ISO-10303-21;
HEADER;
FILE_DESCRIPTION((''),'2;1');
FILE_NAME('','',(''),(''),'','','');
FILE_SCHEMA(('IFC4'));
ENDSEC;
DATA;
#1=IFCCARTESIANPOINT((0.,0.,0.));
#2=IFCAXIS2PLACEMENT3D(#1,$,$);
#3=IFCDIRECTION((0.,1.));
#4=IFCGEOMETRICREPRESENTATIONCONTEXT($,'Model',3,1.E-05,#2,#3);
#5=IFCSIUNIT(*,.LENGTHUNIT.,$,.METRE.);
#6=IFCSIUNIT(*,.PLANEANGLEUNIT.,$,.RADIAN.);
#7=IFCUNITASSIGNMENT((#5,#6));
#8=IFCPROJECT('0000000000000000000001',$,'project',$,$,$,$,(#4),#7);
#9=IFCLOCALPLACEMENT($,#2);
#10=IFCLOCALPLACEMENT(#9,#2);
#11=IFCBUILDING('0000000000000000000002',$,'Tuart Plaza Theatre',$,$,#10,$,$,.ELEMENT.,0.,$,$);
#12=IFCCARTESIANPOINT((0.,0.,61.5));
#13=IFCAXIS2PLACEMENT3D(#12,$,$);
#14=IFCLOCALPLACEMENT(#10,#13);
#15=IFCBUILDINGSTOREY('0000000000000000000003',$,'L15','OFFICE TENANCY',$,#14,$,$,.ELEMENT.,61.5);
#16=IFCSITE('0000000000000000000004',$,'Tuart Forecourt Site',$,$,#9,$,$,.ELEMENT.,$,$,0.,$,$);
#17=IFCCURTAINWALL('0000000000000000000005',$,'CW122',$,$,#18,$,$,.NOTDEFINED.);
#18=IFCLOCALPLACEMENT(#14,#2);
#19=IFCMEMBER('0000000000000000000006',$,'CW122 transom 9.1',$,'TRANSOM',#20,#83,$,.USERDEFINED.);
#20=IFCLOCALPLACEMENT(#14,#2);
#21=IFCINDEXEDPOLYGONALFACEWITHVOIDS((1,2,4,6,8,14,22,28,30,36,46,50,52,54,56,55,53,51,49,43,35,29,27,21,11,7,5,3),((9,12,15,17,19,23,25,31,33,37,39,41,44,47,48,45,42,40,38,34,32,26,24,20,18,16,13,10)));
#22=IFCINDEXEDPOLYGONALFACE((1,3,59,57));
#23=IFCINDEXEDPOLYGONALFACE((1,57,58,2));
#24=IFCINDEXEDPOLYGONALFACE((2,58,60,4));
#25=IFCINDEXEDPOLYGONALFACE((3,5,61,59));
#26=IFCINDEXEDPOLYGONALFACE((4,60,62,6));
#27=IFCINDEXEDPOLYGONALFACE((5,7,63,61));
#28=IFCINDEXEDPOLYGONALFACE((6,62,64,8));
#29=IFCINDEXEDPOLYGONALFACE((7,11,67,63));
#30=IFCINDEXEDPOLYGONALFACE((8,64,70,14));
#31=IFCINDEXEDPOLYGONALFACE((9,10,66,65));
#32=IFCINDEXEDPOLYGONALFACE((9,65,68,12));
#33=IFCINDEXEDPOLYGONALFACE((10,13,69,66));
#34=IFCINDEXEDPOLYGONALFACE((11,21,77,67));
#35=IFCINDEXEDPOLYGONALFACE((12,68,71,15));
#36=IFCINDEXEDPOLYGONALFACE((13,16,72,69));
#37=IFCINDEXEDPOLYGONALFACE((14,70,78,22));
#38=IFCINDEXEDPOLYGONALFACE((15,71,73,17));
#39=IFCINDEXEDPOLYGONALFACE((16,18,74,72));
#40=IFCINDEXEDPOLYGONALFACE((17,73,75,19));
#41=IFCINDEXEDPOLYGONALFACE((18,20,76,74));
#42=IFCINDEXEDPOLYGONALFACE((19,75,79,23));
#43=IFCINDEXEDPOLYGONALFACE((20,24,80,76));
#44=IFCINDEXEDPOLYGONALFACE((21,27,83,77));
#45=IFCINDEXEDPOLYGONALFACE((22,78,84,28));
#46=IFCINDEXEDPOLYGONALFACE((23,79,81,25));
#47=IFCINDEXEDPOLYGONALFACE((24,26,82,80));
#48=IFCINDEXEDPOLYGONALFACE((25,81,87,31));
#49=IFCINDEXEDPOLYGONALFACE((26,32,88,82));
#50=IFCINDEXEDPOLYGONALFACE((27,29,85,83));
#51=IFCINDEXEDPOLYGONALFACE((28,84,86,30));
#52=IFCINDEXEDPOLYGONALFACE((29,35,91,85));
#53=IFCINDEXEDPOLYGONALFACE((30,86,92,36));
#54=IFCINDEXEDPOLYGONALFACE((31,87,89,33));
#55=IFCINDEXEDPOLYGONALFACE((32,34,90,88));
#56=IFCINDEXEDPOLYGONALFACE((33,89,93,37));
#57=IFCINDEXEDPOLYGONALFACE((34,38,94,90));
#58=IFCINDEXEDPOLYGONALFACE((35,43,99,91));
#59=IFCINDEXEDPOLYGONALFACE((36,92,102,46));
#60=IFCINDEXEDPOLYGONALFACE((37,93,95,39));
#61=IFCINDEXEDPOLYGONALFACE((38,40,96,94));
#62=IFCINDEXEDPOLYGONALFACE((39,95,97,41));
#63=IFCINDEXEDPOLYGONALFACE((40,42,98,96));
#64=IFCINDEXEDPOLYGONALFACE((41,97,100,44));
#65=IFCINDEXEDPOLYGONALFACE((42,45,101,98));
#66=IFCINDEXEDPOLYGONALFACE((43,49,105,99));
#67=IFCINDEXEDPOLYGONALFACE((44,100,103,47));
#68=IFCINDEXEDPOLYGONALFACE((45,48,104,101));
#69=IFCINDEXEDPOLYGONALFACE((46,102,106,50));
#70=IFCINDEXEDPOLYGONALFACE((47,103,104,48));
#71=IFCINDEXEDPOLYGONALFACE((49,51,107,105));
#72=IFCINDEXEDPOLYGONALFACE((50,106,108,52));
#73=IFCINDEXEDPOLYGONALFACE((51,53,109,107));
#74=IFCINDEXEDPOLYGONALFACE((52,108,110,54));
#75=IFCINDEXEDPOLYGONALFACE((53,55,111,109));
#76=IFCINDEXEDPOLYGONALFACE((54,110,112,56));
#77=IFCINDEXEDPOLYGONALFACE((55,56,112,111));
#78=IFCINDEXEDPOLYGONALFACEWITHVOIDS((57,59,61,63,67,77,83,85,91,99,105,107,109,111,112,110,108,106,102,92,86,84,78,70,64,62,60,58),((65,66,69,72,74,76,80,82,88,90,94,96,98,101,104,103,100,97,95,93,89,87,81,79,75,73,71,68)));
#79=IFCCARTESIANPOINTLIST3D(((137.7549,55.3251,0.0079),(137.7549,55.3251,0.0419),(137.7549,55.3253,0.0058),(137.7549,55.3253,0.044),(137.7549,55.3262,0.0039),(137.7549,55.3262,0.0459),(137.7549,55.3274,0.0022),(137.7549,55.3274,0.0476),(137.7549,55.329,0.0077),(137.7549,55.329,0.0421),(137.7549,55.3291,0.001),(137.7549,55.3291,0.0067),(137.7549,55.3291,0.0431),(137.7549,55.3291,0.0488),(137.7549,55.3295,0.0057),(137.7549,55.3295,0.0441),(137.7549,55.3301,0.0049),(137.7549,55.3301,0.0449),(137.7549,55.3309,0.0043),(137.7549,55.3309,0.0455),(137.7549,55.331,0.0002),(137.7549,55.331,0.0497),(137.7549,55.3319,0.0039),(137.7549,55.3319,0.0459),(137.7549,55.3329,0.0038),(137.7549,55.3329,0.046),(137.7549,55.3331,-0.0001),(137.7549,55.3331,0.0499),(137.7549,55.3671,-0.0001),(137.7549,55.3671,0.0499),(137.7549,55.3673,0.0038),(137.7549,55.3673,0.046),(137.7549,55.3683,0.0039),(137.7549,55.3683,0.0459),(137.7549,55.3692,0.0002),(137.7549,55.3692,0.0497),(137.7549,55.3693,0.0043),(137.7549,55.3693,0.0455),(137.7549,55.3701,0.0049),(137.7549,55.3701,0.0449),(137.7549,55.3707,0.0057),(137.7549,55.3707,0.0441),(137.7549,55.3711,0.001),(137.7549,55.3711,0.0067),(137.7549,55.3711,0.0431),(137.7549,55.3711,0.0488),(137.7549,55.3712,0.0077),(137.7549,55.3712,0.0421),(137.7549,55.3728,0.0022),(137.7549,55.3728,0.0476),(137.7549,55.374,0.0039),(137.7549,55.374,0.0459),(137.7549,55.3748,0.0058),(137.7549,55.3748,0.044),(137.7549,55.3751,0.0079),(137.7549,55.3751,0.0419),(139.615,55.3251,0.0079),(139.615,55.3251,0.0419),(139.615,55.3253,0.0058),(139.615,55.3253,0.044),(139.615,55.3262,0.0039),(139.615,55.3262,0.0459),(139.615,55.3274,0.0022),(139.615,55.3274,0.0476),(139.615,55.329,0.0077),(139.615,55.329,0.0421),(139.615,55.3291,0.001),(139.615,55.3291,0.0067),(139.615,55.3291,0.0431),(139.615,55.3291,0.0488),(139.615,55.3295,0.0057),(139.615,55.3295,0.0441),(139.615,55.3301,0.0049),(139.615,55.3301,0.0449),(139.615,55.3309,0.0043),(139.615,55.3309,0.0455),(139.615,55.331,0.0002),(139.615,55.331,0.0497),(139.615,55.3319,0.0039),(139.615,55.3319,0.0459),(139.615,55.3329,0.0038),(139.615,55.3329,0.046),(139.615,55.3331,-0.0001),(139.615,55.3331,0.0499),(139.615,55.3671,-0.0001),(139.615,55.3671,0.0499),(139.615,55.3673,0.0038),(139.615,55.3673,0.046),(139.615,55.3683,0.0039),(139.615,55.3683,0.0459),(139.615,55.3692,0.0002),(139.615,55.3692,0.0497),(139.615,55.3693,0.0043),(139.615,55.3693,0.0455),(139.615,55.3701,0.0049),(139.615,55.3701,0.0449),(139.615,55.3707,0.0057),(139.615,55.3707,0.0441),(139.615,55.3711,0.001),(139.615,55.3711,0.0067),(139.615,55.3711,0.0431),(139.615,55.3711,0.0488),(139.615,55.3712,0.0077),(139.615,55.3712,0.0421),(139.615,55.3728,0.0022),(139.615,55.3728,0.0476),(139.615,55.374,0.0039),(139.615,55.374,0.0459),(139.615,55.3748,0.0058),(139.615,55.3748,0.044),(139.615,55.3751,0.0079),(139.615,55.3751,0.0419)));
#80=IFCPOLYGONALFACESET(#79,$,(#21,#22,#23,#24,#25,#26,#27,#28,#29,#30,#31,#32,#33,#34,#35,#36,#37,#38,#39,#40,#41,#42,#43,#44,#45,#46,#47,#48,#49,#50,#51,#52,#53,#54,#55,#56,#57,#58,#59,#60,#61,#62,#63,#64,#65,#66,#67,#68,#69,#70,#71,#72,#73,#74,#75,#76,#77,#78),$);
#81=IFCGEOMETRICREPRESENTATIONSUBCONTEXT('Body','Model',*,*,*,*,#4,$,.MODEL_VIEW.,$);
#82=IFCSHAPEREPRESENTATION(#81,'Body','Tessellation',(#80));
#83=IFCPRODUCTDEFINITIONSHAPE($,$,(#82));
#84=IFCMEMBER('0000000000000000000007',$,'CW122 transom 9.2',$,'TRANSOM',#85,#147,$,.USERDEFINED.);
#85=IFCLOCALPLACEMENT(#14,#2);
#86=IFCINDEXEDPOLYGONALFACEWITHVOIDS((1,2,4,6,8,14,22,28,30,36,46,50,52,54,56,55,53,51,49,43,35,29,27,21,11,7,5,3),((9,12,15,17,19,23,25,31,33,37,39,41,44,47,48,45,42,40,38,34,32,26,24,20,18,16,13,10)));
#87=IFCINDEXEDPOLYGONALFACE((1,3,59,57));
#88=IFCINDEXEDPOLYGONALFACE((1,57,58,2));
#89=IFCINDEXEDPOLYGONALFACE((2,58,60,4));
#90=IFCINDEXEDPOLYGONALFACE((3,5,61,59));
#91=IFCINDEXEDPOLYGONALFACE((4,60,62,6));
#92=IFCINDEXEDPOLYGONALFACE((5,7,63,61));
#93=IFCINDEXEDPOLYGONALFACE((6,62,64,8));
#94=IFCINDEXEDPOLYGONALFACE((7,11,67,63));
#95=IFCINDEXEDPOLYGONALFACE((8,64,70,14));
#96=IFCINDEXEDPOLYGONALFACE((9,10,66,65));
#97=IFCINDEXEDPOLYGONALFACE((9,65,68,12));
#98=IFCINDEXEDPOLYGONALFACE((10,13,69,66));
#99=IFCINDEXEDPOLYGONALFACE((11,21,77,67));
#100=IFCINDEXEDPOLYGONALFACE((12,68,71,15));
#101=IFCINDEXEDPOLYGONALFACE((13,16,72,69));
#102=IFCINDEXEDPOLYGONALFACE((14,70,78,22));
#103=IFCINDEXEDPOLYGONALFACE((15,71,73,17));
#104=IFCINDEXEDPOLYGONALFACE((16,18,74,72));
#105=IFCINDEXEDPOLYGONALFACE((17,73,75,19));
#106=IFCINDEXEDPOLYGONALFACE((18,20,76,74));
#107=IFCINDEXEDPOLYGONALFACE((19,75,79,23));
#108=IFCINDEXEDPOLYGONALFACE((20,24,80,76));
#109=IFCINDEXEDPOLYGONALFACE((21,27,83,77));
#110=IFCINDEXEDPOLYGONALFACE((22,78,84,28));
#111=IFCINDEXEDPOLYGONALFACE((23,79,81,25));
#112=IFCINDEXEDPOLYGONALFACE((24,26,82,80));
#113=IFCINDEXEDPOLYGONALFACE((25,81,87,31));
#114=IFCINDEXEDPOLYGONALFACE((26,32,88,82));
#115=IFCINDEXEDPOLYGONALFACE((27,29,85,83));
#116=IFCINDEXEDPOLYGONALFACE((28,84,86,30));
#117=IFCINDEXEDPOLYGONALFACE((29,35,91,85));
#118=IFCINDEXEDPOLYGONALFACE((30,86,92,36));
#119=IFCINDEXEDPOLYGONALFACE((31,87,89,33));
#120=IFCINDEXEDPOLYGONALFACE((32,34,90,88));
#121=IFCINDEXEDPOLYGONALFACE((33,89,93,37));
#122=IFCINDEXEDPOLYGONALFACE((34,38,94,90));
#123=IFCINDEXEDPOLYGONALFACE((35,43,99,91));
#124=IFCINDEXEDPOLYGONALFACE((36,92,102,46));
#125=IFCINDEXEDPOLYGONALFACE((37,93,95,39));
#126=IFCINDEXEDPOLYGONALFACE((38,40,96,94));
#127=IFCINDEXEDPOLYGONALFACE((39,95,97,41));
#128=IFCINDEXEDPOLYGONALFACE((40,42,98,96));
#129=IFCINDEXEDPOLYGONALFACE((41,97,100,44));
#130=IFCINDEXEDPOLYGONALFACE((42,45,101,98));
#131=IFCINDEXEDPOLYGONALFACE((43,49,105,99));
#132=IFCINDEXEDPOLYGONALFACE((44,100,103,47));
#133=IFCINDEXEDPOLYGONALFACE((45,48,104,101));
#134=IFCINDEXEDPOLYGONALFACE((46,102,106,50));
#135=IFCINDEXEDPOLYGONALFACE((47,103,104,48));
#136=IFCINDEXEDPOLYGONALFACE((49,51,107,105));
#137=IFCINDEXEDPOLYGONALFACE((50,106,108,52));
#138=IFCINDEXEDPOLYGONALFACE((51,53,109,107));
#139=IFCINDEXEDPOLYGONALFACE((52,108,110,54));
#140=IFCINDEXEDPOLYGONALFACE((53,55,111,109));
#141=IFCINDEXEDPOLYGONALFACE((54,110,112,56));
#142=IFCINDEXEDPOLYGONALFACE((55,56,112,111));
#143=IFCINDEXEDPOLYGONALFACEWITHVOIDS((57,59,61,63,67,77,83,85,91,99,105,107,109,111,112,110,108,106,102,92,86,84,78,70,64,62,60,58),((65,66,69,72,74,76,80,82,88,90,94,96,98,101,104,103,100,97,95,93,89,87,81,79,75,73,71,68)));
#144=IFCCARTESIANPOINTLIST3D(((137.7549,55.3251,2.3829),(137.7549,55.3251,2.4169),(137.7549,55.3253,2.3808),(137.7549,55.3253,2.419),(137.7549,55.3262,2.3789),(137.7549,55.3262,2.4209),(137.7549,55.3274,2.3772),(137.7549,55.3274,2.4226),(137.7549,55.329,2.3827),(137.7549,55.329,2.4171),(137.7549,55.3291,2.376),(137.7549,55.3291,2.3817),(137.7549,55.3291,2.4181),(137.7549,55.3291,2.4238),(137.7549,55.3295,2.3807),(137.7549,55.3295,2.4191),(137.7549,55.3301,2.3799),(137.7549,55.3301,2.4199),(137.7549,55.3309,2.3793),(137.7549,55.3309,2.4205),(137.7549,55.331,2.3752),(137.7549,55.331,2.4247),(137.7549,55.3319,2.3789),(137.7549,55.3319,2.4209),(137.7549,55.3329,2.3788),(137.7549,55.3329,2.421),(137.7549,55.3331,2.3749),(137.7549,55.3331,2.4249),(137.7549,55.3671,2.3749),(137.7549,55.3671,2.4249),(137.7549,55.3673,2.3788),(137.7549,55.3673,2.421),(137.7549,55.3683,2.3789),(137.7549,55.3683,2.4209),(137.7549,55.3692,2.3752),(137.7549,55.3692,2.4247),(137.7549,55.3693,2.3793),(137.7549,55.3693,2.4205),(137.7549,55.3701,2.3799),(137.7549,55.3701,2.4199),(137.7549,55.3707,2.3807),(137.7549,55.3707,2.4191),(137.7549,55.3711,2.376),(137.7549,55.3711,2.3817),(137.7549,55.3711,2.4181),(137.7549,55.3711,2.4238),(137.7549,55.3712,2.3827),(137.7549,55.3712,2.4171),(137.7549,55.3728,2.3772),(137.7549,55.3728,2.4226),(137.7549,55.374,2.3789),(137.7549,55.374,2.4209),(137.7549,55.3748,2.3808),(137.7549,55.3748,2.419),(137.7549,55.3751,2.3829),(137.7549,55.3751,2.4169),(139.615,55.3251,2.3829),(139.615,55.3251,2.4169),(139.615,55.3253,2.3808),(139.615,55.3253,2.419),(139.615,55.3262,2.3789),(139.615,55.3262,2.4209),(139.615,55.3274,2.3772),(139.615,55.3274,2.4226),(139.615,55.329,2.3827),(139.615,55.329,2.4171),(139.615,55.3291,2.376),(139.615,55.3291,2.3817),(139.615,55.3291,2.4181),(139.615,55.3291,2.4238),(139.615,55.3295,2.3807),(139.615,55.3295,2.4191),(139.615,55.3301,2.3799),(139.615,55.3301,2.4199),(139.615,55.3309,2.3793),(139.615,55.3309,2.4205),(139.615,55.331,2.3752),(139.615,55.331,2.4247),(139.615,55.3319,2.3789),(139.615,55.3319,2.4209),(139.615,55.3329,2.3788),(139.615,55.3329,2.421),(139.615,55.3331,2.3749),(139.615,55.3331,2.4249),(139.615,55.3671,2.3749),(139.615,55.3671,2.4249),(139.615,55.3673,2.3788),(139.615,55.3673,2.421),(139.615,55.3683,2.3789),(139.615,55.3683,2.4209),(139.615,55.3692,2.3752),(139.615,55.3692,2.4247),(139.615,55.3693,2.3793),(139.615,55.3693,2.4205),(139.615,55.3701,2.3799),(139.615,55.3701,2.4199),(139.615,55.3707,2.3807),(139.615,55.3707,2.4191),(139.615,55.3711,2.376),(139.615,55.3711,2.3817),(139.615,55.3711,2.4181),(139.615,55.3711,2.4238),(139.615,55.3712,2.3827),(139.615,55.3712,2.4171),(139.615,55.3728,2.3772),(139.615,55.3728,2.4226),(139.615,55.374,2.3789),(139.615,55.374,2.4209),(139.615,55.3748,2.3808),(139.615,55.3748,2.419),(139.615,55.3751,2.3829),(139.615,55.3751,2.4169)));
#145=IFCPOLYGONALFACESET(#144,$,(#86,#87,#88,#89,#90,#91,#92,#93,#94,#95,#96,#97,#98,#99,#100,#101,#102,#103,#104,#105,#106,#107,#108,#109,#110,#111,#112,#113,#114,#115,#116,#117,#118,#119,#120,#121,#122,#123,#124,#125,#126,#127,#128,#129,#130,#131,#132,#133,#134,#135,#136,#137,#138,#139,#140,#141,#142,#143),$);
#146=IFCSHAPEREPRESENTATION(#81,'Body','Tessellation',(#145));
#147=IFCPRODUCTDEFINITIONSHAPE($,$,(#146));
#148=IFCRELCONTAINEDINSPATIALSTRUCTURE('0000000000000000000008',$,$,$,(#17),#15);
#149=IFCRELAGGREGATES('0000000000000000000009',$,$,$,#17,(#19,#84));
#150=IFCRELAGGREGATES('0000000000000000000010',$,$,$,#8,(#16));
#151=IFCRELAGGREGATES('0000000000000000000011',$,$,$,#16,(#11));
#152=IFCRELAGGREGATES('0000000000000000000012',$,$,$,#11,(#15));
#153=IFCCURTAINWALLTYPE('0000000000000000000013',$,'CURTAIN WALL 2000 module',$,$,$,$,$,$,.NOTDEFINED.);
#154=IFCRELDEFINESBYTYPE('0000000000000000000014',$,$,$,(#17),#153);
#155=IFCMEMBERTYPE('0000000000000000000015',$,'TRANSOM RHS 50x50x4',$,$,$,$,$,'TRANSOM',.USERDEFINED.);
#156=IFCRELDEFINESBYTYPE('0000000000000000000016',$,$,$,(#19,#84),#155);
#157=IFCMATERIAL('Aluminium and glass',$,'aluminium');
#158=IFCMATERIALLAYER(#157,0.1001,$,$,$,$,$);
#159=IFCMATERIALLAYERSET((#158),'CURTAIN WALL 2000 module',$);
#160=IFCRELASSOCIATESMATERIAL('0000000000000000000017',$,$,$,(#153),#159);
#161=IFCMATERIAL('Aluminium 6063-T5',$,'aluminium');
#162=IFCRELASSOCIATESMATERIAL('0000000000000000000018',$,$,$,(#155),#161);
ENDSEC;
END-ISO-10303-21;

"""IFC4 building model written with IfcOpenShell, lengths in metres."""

from ifc_helpers import new_model, si_unit, direction, frame, origin, origin_2d, place, context, subcontext, project, spatial, hollow_rectangle, extrude, material, layer, layer_set, material_profile, profile_set, type_object, element, aggregate, save


model = new_model("IFC4")

# Units and contexts
model_context = context("Model", 3, precision=1e-05, world=origin(), true_north=direction((0.0, 1.0)))
body_context = subcontext(model_context, "Body", "Model", "MODEL_VIEW")
ifc_project = project(units=[si_unit("LENGTHUNIT", "METRE"), si_unit("PLANEANGLEUNIT", "RADIAN")], contexts=[model_context])

# Site, building, storey
site_placement = place(None, origin())
site = spatial("IfcSite", under=ifc_project, at=site_placement, Name="Tuart Forecourt Site", CompositionType="ELEMENT", RefElevation=0.0)
building_placement = place(site_placement, origin())
building = spatial("IfcBuilding", under=site, at=building_placement, Name="Tuart Plaza Theatre", CompositionType="ELEMENT", ElevationOfRefHeight=0.0)
storey_placement = place(building_placement, frame((0.0, 0.0, 61.5)))
storey = spatial("IfcBuildingStorey", under=building, at=storey_placement, Name="L15", Description="OFFICE TENANCY", CompositionType="ELEMENT", Elevation=61.5)

# Curtain wall, members
ifc_material_1 = material(Name="Aluminium and glass", Category="aluminium")
ifc_layer_1 = layer(ifc_material_1, 0.1001)
ifc_layer_set_1 = layer_set([ifc_layer_1], Name="CURTAIN WALL 2000 module")
curtain_wall_type = type_object("IfcCurtainWallType", Name="CURTAIN WALL 2000 module", PredefinedType="NOTDEFINED", material=ifc_layer_set_1)
curtain_wall_placement = place(storey_placement, origin())
curtain_wall = element("IfcCurtainWall", 1, at=curtain_wall_placement, inside=storey, type_object=curtain_wall_type, Name="CW122", PredefinedType="NOTDEFINED")
ifc_material_2 = material(Name="Aluminium 6063-T5", Category="aluminium")
ifc_material_profile_1 = material_profile(ifc_material_2, hollow_rectangle(XDim=0.05, YDim=0.05, WallThickness=0.0039, InnerFilletRadius=0.0039, OuterFilletRadius=0.0081, at=origin_2d()), Name="RHS 50x50x4")
ifc_profile_set_1 = profile_set([ifc_material_profile_1], Name="Aluminium 6063-T5")
member_type_1 = type_object("IfcMemberType", Name="TRANSOM RHS 50x50x4", ElementType="TRANSOM", PredefinedType="USERDEFINED", material=ifc_profile_set_1)
member_1_placement = place(storey_placement, frame((137.7549, 55.3501, 0.0249), z_axis=(1.0, 0.0, 0.0), x_axis=(0.0, 1.0, 0.0)))
member_1 = element("IfcMember", 2, at=member_1_placement, type_object=member_type_1, Name="CW122 transom 9.1", ObjectType="TRANSOM", PredefinedType="USERDEFINED", context=body_context, shape_type="SweptSolid", body=[
    extrude(hollow_rectangle(XDim=0.05, YDim=0.05, WallThickness=0.0039, InnerFilletRadius=0.0039, OuterFilletRadius=0.0081, at=origin_2d()), origin(), (0.0, 0.0, 1.0), 1.8601),
])
member_2_placement = place(storey_placement, frame((137.7549, 55.3501, 2.3999), z_axis=(1.0, 0.0, 0.0), x_axis=(0.0, 1.0, 0.0)))
member_2 = element("IfcMember", 3, at=member_2_placement, type_object=member_type_1, Name="CW122 transom 9.2", ObjectType="TRANSOM", PredefinedType="USERDEFINED", context=body_context, shape_type="SweptSolid", body=[
    extrude(hollow_rectangle(XDim=0.05, YDim=0.05, WallThickness=0.0039, InnerFilletRadius=0.0039, OuterFilletRadius=0.0081, at=origin_2d()), origin(), (0.0, 0.0, 1.0), 1.8601),
])
aggregate(curtain_wall, [member_1, member_2])

save(model, "model.ifc")
